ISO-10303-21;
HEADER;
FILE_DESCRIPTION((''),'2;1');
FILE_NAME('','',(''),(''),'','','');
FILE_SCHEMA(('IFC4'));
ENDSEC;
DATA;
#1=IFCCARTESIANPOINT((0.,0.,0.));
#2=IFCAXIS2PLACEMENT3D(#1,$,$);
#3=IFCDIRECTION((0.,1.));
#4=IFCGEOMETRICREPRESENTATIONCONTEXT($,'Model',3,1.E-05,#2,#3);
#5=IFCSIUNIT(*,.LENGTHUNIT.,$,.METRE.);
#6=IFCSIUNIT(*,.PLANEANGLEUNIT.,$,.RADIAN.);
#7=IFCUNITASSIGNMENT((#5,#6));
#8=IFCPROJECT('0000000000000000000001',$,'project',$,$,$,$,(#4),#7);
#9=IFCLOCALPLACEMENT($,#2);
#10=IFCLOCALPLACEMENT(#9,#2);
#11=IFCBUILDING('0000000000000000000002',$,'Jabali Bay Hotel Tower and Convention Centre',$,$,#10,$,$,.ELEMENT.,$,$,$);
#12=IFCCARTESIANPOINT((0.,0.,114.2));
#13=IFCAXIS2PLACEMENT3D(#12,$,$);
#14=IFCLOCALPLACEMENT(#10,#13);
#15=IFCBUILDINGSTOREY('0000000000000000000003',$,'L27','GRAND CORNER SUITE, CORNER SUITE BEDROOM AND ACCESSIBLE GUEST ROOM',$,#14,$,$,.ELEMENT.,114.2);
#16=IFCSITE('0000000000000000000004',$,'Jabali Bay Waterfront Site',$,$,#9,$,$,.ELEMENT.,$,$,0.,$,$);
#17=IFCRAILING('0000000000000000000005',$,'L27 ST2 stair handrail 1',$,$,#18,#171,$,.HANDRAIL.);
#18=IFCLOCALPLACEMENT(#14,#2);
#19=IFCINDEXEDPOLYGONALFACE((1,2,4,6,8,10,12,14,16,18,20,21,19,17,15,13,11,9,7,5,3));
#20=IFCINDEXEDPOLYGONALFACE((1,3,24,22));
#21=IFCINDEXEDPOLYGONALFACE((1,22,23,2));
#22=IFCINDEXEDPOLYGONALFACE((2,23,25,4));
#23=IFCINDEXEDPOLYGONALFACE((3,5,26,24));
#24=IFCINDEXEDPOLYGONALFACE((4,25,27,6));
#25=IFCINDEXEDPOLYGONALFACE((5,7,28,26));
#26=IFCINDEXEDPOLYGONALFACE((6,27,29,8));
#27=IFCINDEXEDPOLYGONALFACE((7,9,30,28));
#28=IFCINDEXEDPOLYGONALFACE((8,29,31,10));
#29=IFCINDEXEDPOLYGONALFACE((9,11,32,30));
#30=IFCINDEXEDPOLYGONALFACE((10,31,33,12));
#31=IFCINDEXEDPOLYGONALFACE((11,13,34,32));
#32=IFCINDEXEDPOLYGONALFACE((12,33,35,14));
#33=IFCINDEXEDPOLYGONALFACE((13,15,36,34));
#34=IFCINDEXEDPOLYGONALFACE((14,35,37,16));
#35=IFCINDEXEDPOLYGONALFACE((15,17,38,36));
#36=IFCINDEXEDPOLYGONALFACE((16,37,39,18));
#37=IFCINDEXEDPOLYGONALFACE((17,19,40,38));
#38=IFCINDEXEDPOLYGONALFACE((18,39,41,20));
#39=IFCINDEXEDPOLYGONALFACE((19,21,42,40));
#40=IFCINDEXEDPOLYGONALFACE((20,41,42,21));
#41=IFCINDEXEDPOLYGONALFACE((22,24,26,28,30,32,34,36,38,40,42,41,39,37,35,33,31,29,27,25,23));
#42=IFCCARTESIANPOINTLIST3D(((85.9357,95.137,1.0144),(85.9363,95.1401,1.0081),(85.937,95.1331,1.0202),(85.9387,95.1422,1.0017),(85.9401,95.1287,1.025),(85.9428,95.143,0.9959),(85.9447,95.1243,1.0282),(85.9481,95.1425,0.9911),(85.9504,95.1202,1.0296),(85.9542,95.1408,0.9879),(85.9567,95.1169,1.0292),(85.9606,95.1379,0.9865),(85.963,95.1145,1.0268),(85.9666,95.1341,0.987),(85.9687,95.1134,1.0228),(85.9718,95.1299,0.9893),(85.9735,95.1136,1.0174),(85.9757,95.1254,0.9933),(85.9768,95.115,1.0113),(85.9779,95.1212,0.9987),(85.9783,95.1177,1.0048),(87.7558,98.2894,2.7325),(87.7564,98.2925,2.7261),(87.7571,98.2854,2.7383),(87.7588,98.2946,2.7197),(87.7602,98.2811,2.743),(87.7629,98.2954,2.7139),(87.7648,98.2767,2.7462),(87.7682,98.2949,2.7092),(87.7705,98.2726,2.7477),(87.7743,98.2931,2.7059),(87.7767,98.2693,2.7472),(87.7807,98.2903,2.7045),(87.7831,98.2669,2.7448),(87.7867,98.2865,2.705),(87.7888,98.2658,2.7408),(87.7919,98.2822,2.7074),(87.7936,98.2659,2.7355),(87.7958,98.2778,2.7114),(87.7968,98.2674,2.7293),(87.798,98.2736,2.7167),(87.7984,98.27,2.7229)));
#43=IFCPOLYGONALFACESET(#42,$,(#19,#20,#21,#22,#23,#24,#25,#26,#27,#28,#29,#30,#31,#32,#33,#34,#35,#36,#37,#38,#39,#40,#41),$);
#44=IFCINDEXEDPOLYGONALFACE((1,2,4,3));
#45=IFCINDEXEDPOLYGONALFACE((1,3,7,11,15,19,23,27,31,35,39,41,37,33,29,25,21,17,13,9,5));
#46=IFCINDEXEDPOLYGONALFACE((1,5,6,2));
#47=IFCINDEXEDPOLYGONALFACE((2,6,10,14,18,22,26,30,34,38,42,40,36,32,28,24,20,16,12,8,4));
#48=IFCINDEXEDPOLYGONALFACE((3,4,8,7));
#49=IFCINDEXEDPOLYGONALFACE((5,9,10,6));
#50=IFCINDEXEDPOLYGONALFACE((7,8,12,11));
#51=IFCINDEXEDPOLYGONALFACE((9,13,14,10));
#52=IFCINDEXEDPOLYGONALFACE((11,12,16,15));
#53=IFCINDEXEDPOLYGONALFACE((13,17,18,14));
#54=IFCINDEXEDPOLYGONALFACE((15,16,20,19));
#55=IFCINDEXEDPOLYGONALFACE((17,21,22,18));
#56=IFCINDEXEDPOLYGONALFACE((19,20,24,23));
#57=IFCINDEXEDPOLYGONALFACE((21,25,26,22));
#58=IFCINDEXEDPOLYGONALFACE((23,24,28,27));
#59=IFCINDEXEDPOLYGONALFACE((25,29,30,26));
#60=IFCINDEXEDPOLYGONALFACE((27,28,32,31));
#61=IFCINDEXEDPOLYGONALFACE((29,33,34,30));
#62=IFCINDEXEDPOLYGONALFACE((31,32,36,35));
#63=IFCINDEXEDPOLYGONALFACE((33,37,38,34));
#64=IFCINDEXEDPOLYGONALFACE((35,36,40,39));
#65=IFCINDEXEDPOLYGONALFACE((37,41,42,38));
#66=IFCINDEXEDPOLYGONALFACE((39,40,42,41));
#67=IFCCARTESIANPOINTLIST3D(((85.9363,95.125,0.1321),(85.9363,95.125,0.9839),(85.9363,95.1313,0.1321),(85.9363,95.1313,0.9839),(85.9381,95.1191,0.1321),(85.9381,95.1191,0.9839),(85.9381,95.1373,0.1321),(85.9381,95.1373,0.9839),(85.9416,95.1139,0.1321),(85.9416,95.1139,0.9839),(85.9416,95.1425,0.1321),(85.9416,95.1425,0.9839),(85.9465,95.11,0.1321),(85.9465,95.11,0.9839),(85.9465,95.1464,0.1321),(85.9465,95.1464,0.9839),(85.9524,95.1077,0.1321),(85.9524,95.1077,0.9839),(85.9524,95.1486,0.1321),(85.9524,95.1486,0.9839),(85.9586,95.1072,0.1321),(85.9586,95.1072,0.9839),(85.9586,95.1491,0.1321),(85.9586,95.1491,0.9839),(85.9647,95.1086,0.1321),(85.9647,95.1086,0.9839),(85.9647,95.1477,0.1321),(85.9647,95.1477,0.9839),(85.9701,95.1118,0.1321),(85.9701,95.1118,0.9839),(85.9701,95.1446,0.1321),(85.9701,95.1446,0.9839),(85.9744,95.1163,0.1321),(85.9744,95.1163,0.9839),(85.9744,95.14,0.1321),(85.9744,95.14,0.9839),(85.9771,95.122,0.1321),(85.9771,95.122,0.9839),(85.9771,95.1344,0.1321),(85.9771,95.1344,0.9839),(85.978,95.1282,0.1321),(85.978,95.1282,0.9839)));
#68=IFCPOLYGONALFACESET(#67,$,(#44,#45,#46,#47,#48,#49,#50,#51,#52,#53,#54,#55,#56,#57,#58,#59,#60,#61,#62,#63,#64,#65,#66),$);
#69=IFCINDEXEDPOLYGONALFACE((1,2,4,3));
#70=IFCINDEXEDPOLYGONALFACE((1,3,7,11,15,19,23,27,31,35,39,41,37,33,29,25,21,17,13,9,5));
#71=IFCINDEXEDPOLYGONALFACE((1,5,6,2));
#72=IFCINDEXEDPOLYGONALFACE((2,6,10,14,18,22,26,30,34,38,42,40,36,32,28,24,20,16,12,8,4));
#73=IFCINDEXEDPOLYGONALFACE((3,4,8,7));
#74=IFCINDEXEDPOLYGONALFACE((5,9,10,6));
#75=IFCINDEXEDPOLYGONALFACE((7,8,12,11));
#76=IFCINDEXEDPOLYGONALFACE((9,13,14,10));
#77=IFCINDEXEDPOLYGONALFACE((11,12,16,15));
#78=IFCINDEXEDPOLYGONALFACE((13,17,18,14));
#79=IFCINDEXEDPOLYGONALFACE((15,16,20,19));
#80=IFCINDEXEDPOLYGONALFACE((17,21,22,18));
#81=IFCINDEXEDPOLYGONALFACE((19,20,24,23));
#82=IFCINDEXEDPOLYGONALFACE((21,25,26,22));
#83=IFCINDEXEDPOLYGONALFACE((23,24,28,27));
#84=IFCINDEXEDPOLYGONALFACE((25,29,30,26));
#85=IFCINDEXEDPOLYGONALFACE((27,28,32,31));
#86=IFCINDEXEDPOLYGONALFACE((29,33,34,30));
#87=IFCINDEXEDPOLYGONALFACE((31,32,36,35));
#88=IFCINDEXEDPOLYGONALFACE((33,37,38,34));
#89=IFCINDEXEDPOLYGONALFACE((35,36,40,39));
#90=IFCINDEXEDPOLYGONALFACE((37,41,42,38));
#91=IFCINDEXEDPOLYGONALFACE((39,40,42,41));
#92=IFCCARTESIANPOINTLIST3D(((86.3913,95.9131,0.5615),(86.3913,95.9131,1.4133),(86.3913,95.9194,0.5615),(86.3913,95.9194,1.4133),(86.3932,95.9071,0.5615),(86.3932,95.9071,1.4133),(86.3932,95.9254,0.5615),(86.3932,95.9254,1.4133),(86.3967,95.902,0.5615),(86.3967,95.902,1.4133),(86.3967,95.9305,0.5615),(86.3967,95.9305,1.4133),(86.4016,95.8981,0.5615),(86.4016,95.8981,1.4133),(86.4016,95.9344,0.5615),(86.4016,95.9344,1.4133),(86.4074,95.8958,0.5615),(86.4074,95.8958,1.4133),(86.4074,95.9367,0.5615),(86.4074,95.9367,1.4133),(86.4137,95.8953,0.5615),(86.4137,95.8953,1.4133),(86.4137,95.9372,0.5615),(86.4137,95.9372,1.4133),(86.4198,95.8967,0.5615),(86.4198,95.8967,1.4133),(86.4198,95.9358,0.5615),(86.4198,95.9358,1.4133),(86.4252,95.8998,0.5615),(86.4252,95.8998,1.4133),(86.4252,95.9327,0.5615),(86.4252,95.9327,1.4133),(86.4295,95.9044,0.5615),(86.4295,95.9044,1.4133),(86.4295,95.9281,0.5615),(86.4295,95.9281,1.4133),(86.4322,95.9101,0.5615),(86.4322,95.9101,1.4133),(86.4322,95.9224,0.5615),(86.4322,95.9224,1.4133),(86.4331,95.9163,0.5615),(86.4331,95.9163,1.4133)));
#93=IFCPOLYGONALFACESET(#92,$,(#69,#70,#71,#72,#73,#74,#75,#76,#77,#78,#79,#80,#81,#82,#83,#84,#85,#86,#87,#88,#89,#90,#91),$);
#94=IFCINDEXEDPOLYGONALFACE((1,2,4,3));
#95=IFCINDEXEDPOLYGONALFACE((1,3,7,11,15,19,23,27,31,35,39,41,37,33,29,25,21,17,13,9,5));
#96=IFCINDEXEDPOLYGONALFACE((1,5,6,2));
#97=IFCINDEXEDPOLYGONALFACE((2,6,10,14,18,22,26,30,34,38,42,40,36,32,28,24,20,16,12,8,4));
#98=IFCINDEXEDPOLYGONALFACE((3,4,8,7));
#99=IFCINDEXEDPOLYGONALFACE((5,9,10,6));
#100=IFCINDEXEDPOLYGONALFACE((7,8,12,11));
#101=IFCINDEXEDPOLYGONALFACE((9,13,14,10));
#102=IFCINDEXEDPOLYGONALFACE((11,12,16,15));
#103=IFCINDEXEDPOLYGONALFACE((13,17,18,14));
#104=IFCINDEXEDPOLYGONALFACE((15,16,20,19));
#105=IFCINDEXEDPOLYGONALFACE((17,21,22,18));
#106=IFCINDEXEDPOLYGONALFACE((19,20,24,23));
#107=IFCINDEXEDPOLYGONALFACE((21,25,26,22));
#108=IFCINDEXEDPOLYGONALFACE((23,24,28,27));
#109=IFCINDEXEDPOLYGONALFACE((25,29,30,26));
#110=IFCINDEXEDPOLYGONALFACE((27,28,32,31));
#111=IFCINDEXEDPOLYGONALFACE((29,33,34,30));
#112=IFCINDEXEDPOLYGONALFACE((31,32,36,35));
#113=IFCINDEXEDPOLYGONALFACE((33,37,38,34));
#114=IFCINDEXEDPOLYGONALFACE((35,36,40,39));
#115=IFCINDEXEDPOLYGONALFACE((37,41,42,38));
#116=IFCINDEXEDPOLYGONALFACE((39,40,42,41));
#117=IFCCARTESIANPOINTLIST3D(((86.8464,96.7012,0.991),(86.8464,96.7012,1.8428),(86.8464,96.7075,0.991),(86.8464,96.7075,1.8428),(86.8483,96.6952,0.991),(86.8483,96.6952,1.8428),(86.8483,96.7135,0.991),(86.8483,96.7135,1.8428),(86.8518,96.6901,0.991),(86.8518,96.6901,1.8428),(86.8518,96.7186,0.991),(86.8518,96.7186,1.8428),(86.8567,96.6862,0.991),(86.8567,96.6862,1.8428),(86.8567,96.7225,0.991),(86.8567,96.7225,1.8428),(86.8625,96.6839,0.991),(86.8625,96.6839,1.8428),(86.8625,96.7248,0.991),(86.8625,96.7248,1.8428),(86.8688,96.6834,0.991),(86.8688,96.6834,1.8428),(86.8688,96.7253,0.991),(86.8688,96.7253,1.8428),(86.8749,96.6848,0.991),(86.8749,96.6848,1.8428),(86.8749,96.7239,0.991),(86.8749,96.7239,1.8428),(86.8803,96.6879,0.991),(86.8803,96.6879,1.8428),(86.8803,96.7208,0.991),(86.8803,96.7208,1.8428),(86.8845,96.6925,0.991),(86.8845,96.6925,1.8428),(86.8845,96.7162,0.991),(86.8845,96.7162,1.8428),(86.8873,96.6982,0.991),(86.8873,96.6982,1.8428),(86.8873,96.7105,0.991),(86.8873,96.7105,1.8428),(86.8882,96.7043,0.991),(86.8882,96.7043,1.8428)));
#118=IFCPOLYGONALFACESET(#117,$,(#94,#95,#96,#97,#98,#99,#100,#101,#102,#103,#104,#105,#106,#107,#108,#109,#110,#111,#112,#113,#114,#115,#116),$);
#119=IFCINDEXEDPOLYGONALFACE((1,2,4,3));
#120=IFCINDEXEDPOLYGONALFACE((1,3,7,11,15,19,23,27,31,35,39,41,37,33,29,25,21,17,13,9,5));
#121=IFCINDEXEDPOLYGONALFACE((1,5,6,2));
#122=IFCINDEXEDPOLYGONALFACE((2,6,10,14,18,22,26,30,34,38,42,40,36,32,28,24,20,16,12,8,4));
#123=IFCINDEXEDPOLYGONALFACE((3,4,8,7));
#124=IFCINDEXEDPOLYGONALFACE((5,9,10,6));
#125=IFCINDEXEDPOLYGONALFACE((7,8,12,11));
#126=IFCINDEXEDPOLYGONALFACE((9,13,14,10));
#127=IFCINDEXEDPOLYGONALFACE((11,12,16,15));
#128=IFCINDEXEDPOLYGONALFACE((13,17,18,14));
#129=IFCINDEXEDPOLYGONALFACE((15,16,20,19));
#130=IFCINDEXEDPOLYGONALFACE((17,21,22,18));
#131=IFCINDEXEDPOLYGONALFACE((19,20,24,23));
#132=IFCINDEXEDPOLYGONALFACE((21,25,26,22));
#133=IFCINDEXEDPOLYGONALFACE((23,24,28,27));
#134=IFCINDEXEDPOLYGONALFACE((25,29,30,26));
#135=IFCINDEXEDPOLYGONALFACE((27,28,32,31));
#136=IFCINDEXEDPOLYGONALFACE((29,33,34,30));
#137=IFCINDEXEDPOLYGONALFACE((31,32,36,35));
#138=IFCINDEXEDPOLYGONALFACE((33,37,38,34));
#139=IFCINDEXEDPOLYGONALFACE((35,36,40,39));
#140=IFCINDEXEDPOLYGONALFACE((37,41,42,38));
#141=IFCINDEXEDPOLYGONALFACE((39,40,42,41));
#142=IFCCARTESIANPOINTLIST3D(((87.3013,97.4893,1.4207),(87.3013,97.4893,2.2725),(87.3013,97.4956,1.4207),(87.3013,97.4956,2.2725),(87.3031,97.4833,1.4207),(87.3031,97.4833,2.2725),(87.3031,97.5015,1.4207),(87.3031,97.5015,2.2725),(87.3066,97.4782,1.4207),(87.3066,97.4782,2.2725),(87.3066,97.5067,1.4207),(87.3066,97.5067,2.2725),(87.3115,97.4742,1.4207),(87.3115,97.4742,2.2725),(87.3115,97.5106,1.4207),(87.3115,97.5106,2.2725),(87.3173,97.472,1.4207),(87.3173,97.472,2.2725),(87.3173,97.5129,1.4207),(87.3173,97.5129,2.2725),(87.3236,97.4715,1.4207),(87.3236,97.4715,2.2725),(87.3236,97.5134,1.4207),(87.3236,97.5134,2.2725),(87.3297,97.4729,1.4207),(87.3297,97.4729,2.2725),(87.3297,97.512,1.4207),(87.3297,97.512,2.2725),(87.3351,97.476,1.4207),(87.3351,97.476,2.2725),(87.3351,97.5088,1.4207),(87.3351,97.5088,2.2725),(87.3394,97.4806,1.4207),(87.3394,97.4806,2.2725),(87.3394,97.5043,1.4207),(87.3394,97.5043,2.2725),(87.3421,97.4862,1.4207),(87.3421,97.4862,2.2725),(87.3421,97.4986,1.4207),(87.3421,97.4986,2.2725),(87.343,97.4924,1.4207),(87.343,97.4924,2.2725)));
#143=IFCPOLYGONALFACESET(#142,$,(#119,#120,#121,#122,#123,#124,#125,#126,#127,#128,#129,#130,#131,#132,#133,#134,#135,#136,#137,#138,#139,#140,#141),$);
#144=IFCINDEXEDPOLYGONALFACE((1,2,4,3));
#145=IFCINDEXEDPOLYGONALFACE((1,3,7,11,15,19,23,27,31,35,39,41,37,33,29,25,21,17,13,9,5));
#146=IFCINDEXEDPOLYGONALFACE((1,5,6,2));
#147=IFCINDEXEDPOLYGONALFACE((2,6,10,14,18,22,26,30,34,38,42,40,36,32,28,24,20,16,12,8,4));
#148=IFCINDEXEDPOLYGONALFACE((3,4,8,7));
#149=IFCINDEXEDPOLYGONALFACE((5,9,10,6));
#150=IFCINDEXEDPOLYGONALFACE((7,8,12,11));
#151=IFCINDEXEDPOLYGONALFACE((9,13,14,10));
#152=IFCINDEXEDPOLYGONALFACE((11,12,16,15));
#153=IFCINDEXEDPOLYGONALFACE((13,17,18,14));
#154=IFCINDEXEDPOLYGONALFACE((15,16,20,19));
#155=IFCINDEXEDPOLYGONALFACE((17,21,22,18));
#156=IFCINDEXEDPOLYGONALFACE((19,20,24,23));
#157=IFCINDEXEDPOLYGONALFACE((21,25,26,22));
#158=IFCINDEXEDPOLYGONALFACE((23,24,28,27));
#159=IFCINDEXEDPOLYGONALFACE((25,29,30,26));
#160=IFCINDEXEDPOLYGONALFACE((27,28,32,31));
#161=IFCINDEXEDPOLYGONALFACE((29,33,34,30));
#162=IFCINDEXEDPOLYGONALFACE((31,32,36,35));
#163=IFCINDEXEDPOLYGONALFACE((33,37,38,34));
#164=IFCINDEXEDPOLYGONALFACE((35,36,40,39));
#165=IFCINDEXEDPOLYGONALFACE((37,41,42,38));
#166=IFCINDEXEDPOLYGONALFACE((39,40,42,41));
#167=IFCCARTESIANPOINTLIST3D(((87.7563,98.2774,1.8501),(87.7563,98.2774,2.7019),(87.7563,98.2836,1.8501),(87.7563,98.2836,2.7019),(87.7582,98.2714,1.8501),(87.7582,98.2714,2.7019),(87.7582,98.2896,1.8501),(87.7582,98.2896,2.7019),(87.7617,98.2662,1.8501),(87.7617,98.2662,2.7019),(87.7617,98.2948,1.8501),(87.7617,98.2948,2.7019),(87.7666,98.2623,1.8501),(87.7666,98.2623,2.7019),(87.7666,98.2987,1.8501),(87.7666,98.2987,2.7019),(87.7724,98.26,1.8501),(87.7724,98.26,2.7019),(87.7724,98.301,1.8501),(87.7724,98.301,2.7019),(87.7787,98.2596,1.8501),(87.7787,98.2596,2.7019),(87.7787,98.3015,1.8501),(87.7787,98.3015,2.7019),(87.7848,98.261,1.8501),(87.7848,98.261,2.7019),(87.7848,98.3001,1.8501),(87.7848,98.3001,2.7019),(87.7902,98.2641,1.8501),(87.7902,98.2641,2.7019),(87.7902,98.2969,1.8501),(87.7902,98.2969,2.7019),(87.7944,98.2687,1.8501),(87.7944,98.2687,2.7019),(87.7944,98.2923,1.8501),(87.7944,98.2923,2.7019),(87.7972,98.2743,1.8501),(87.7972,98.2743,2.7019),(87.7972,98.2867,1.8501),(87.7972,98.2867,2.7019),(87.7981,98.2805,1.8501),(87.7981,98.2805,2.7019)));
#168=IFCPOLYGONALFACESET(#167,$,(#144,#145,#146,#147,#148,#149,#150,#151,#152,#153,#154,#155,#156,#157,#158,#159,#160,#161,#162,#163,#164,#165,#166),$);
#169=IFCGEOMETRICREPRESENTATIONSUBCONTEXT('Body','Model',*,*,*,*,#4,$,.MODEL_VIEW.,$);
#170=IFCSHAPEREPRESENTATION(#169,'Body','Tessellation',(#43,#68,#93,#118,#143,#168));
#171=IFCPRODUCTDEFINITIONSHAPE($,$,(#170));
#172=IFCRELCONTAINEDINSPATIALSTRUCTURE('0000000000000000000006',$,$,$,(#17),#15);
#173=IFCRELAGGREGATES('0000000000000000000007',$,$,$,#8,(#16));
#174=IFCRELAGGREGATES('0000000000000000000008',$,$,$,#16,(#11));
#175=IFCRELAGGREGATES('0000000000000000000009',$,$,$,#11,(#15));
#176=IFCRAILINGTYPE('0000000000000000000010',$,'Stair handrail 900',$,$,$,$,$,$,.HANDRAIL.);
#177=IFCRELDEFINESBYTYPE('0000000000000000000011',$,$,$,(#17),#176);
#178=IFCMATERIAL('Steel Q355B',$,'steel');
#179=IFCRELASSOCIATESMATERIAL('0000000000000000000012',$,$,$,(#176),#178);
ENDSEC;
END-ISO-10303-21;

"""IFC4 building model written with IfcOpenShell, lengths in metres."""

from ifc_helpers import new_model, si_unit, direction, frame, origin, origin_2d, place, context, subcontext, project, spatial, circle, extrude, material, type_object, element, save


model = new_model("IFC4")

# Units and contexts
model_context = context("Model", 3, precision=1e-05, world=origin(), true_north=direction((0.0, 1.0)))
body_context = subcontext(model_context, "Body", "Model", "MODEL_VIEW")
ifc_project = project(units=[si_unit("LENGTHUNIT", "METRE"), si_unit("PLANEANGLEUNIT", "RADIAN")], contexts=[model_context])

# Site, building, storey
site_placement = place(None, origin())
site = spatial("IfcSite", under=ifc_project, at=site_placement, Name="Jabali Bay Waterfront Site", CompositionType="ELEMENT", RefElevation=0.0)
building_placement = place(site_placement, origin())
building = spatial("IfcBuilding", under=site, at=building_placement, Name="Jabali Bay Hotel Tower and Convention Centre", CompositionType="ELEMENT")
storey_placement = place(building_placement, frame((0.0, 0.0, 114.2)))
storey = spatial("IfcBuildingStorey", under=building, at=storey_placement, Name="L27", Description="GRAND CORNER SUITE, CORNER SUITE BEDROOM AND ACCESSIBLE GUEST ROOM", CompositionType="ELEMENT", Elevation=114.2)

# Railing
ifc_material_1 = material(Name="Steel Q355B", Category="steel")
railing_type_1 = type_object("IfcRailingType", Name="Stair handrail 900", PredefinedType="HANDRAIL", material=ifc_material_1)
railing_1_placement = place(storey_placement, frame((85.957, 95.1282, 0.1321)))
element("IfcRailing", 1, at=railing_1_placement, inside=storey, type_object=railing_type_1, Name="L27 ST2 stair handrail 1", PredefinedType="HANDRAIL", context=body_context, shape_type="SweptSolid", body=[
    extrude(circle(Radius=0.0239, at=origin_2d()), frame((0.0, 0.0, 0.876), z_axis=(0.452179, 0.78317, 0.426825), x_axis=(-0.866018, 0.500013, 0.0)), (0.0, 0.0, 1.0), 4.0251),
    extrude(circle(Radius=0.021, at=origin_2d()), origin(), (0.0, 0.0, 1.0), 0.8518),
    extrude(circle(Radius=0.021, at=origin_2d()), frame((0.4551, 0.7881, 0.4294)), (0.0, 0.0, 1.0), 0.8518),
    extrude(circle(Radius=0.021, at=origin_2d()), frame((0.9102, 1.5762, 0.8589)), (0.0, 0.0, 1.0), 0.8518),
    extrude(circle(Radius=0.021, at=origin_2d()), frame((1.365, 2.3643, 1.2886)), (0.0, 0.0, 1.0), 0.8518),
    extrude(circle(Radius=0.021, at=origin_2d()), frame((1.8201, 3.1523, 1.718)), (0.0, 0.0, 1.0), 0.8518),
])

save(model, "model.ifc")
